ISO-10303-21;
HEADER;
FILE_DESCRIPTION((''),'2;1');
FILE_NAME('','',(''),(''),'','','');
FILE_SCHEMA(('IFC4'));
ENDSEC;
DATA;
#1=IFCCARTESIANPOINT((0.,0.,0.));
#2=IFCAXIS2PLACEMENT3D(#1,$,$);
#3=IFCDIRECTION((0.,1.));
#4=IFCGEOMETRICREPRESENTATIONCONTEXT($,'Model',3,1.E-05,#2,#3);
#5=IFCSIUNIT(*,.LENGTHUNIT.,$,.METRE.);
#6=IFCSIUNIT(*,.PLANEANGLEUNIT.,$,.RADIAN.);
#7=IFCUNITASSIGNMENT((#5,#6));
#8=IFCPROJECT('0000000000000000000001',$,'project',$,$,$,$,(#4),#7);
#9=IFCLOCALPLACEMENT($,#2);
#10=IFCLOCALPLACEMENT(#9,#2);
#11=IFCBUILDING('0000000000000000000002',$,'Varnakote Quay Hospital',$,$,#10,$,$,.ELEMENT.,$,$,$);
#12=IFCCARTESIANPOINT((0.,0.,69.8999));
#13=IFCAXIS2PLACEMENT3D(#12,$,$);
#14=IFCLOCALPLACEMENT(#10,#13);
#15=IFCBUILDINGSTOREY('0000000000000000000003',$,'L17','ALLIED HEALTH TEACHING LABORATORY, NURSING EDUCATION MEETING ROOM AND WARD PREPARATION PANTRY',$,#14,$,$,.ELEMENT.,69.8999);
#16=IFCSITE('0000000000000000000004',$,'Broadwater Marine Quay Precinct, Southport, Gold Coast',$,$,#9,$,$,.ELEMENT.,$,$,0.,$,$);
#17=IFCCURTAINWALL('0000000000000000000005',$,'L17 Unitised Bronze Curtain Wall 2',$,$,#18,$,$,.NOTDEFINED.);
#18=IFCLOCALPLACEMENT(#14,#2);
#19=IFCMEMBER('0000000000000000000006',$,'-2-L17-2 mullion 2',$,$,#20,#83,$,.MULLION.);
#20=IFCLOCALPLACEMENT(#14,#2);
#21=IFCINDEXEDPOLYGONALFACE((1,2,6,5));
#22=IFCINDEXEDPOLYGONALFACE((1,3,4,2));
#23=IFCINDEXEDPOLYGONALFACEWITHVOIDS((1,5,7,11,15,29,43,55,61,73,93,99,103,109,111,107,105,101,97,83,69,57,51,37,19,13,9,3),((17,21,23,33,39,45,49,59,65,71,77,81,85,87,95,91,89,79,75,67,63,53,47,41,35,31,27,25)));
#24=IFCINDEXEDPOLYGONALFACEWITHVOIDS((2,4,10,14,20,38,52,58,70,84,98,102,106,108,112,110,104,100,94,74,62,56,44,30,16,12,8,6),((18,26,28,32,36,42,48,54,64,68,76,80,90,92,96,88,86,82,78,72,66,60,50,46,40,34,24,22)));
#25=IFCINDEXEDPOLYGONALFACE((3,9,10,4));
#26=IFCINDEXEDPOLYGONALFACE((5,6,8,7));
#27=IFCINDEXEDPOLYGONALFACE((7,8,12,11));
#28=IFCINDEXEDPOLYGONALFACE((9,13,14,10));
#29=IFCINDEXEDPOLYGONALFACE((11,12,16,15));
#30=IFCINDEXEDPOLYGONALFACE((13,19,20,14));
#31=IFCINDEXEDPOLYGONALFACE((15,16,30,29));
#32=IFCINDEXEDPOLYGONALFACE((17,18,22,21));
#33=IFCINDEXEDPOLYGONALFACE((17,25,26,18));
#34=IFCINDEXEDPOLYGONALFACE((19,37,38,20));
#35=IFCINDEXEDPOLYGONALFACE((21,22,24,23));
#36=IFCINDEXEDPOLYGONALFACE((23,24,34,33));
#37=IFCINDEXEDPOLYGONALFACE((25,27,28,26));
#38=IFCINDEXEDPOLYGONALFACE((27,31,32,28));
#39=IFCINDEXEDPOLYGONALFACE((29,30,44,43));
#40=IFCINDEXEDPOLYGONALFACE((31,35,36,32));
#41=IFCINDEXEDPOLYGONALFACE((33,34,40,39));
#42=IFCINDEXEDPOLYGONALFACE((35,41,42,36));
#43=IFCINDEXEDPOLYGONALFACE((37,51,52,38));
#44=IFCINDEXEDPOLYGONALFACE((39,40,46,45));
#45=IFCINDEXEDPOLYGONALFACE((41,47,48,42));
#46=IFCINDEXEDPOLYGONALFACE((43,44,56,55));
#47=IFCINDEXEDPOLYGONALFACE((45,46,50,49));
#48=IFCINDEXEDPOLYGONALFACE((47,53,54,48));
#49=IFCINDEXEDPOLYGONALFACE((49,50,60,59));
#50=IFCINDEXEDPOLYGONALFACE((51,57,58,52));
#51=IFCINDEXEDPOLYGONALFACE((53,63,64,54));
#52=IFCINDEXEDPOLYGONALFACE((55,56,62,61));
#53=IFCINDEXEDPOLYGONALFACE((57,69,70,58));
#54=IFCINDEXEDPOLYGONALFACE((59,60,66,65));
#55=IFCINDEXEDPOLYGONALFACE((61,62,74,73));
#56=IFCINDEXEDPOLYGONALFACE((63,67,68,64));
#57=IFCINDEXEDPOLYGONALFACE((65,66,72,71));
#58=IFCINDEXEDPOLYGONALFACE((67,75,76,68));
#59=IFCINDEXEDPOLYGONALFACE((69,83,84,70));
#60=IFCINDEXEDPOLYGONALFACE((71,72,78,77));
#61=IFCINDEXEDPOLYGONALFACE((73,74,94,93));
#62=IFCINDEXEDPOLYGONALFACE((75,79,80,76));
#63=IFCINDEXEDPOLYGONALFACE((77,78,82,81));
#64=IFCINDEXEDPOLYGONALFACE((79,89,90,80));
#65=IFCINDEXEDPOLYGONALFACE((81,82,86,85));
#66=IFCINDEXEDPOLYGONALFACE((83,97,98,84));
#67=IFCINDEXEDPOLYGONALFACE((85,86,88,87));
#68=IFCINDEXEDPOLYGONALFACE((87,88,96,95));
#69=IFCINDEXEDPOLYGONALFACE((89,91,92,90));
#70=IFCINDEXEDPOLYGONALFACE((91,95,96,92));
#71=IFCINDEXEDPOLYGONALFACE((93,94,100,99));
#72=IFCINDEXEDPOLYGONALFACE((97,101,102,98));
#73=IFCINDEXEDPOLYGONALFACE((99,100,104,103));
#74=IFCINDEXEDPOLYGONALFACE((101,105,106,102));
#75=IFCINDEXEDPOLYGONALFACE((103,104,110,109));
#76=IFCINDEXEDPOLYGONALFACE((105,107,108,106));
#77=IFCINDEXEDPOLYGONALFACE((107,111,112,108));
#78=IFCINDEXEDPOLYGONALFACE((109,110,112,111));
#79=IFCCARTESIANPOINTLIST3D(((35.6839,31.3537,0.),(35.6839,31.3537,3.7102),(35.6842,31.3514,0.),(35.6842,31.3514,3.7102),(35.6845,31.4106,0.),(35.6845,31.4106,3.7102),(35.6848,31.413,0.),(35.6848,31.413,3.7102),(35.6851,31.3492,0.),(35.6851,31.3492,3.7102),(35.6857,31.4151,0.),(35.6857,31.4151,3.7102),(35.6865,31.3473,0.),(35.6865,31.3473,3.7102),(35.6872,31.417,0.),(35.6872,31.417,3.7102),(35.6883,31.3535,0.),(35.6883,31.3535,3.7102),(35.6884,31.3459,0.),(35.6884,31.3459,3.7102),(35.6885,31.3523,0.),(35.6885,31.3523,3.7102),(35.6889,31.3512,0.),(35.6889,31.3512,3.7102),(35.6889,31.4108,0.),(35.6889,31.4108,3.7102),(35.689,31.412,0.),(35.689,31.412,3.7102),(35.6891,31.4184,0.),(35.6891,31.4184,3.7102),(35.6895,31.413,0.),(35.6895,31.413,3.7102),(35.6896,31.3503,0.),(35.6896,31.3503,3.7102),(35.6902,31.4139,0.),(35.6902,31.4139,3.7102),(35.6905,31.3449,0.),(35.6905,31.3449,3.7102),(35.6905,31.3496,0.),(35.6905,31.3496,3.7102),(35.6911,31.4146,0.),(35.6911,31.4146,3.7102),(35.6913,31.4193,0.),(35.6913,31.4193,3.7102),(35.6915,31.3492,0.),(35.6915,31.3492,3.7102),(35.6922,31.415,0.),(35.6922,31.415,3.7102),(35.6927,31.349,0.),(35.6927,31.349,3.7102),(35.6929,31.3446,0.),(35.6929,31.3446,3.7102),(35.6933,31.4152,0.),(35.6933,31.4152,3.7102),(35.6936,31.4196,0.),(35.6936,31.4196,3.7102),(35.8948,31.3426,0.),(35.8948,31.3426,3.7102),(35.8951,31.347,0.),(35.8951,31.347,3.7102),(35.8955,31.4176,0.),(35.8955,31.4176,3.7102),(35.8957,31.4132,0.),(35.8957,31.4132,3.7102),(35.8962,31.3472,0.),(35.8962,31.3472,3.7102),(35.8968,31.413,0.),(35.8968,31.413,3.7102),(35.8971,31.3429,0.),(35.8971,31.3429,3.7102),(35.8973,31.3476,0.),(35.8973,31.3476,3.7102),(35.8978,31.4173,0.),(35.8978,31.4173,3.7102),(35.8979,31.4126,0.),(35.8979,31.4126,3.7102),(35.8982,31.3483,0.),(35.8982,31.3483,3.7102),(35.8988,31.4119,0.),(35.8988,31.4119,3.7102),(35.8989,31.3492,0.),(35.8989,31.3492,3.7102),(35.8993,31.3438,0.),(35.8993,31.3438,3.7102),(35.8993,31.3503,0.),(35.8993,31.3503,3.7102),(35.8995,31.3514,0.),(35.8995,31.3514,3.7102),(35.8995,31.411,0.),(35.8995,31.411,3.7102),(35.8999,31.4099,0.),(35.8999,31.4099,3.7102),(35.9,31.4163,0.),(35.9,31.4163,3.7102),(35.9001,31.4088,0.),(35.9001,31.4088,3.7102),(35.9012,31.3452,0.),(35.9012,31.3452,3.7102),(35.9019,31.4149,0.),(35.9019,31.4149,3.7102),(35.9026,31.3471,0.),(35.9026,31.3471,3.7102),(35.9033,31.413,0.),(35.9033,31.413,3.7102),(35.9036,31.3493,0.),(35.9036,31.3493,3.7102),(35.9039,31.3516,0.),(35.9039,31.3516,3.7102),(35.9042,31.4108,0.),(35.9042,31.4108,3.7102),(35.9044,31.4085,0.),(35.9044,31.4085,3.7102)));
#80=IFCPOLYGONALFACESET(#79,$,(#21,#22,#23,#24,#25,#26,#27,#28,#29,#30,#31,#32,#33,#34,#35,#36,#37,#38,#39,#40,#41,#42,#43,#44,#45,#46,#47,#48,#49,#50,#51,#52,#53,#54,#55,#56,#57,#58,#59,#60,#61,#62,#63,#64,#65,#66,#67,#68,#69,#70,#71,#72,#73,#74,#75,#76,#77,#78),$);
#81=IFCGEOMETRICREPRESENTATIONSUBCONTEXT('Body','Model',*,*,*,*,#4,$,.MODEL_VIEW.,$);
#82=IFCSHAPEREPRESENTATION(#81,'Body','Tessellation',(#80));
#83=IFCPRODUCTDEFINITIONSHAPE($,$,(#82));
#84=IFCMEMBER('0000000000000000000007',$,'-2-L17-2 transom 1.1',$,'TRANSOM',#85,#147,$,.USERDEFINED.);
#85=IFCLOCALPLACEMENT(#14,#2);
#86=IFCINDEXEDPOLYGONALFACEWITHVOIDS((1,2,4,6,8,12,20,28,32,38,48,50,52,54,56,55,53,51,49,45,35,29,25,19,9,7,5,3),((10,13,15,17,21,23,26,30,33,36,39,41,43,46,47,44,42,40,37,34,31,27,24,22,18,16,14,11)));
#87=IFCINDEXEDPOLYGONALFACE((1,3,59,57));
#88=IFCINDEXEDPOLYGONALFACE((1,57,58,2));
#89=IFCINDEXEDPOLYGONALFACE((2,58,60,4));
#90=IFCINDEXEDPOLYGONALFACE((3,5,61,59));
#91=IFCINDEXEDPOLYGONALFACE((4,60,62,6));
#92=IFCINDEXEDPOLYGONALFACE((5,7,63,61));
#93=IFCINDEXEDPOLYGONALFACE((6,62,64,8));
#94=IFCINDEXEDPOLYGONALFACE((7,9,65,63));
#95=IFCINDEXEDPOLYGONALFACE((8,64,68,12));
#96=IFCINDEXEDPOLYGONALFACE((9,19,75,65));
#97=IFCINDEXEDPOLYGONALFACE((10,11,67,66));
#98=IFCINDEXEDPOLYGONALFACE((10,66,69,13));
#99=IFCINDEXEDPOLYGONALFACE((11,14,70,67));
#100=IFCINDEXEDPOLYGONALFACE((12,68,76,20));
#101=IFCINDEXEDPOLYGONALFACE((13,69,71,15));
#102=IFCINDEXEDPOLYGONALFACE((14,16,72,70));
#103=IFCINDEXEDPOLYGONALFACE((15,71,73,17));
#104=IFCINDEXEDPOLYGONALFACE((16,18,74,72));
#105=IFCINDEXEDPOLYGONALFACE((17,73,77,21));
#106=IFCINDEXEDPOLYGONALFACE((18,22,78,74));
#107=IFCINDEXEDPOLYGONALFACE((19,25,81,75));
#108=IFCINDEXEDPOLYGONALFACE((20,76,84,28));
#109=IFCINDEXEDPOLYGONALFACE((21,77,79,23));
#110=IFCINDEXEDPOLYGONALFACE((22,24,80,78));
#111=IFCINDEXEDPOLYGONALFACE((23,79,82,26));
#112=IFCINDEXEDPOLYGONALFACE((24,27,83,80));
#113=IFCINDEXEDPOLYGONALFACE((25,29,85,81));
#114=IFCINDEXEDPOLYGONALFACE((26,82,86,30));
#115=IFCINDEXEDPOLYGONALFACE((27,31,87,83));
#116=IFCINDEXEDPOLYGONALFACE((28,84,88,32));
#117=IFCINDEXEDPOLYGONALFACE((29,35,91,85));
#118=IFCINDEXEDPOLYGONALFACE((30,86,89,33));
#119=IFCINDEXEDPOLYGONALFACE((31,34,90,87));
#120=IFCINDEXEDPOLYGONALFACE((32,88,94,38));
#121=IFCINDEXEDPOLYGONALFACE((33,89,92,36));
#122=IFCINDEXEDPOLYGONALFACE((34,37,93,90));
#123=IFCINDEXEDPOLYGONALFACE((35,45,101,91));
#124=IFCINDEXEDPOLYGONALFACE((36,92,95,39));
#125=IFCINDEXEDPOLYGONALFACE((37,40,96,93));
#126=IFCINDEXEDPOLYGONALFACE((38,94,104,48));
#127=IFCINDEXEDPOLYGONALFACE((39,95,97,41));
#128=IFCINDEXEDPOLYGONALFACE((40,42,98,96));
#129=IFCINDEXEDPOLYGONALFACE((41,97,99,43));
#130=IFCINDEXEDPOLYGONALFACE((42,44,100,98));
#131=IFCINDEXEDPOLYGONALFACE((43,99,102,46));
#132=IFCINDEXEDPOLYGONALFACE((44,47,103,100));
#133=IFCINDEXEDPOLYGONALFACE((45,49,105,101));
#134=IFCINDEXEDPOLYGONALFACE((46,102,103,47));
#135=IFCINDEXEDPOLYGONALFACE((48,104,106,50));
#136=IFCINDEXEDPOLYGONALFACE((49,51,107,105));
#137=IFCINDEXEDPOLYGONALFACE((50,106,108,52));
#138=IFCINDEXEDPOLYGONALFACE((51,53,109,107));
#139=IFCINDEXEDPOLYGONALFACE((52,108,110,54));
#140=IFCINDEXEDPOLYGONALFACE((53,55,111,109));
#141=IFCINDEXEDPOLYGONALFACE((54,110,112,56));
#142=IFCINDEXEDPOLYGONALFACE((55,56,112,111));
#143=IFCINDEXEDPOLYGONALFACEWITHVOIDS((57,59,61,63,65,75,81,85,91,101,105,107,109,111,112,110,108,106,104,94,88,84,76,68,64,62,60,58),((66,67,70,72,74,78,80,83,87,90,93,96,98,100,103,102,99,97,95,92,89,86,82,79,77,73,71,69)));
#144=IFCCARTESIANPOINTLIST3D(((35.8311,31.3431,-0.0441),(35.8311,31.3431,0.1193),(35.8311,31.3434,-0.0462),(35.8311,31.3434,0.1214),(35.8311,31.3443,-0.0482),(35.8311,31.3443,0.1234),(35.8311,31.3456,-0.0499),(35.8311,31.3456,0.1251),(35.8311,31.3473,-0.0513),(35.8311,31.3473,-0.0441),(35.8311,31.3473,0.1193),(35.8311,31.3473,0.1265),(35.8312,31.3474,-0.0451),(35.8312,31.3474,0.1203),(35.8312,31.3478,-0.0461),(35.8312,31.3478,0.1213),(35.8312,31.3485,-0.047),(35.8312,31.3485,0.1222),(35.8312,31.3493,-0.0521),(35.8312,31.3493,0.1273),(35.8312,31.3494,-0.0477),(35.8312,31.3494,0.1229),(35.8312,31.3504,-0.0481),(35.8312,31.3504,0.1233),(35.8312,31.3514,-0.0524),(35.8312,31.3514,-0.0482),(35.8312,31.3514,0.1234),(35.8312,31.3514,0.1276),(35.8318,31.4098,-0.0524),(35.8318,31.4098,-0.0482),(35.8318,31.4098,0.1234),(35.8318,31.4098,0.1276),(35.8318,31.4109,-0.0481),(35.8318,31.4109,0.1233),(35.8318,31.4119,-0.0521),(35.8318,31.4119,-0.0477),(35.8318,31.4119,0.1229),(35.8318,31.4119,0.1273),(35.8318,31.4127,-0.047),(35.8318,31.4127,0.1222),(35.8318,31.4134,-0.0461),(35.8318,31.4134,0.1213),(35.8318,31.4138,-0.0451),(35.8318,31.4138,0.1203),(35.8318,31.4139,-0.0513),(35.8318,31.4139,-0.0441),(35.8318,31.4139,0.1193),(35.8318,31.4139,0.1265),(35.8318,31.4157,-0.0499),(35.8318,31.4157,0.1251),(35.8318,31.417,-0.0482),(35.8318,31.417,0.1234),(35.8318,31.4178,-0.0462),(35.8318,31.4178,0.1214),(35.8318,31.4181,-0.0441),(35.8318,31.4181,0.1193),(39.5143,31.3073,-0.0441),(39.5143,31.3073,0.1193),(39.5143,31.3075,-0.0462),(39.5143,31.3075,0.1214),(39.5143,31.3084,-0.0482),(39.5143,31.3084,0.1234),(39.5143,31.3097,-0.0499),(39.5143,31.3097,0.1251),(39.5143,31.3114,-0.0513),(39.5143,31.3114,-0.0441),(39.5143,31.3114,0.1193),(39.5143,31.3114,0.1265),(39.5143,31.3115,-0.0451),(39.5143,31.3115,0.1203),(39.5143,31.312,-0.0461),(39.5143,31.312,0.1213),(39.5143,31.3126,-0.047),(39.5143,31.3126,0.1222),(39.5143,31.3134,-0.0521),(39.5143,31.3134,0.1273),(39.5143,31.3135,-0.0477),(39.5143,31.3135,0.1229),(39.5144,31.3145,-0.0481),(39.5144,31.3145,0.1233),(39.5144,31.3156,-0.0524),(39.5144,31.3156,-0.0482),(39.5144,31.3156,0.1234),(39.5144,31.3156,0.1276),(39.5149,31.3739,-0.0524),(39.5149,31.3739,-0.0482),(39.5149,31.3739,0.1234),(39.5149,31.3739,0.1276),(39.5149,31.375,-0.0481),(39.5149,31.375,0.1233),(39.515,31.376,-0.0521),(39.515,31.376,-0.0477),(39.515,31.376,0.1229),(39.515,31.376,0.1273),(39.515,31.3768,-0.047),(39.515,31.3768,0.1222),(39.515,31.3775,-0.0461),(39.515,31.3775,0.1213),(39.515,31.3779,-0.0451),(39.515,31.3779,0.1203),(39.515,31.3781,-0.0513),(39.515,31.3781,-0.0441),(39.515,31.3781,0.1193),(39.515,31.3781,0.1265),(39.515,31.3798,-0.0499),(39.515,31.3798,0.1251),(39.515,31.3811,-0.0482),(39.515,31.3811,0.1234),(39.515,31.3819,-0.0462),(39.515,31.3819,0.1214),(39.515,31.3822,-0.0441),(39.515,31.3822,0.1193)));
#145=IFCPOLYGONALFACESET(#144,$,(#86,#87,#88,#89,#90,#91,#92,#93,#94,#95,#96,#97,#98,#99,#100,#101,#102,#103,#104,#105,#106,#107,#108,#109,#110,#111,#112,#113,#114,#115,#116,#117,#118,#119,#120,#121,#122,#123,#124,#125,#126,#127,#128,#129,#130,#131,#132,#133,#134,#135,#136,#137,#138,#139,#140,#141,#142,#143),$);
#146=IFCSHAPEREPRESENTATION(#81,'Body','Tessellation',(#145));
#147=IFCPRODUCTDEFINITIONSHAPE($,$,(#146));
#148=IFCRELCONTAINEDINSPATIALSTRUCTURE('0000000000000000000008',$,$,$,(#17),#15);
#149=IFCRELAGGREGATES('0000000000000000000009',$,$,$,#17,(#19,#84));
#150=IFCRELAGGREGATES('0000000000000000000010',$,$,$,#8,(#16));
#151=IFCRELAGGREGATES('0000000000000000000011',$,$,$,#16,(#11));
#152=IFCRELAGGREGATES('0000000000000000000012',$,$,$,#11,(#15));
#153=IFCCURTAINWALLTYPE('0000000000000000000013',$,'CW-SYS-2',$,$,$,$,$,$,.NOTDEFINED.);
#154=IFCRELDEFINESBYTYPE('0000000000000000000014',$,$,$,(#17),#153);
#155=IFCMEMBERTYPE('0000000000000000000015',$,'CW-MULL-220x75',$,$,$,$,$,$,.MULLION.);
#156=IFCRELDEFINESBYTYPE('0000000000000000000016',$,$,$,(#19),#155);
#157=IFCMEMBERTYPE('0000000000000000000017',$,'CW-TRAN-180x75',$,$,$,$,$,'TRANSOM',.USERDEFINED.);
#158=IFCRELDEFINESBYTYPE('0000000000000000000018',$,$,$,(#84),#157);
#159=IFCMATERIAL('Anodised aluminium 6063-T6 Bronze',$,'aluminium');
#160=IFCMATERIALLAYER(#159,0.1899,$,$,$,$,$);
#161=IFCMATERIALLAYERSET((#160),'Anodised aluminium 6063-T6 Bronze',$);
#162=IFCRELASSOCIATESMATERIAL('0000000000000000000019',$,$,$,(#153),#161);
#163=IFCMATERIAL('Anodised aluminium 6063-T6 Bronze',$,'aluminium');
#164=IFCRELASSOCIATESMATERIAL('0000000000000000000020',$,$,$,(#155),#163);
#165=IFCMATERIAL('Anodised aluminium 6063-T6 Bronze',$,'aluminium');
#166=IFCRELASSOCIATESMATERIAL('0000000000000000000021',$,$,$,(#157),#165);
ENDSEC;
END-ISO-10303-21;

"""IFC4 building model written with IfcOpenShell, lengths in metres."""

from ifc_helpers import new_model, si_unit, direction, frame, origin, origin_2d, place, context, subcontext, project, spatial, hollow_rectangle, extrude, material, layer, layer_set, material_profile, profile_set, type_object, element, aggregate, save


model = new_model("IFC4")

# Units and contexts
model_context = context("Model", 3, precision=1e-05, world=origin(), true_north=direction((0.0, 1.0)))
body_context = subcontext(model_context, "Body", "Model", "MODEL_VIEW")
ifc_project = project(units=[si_unit("LENGTHUNIT", "METRE"), si_unit("PLANEANGLEUNIT", "RADIAN")], contexts=[model_context])

# Site, building, storey
site_placement = place(None, origin())
site = spatial("IfcSite", under=ifc_project, at=site_placement, Name="Broadwater Marine Quay Precinct, Southport, Gold Coast", CompositionType="ELEMENT", RefElevation=0.0)
building_placement = place(site_placement, origin())
building = spatial("IfcBuilding", under=site, at=building_placement, Name="Varnakote Quay Hospital", CompositionType="ELEMENT")
storey_placement = place(building_placement, frame((0.0, 0.0, 69.8999)))
storey = spatial("IfcBuildingStorey", under=building, at=storey_placement, Name="L17", Description="ALLIED HEALTH TEACHING LABORATORY, NURSING EDUCATION MEETING ROOM AND WARD PREPARATION PANTRY", CompositionType="ELEMENT", Elevation=69.8999)

# Shared definitions
ifc_material_1 = material(Name="Anodised aluminium 6063-T6 Bronze", Category="aluminium")
ifc_layer_1 = layer(ifc_material_1, 0.1899)
ifc_layer_set_1 = layer_set([ifc_layer_1], Name="Anodised aluminium 6063-T6 Bronze")
curtain_wall_type = type_object("IfcCurtainWallType", Name="CW-SYS-2", PredefinedType="NOTDEFINED", material=ifc_layer_set_1)
ifc_material_2 = material(Name="Anodised aluminium 6063-T6 Bronze", Category="aluminium")
ifc_material_profile_1 = material_profile(ifc_material_2, hollow_rectangle(XDim=0.075, YDim=0.22, WallThickness=0.0044, InnerFilletRadius=0.0044, OuterFilletRadius=0.009, at=origin_2d()), Name="CW-MULL-220x75")
ifc_profile_set_1 = profile_set([ifc_material_profile_1], Name="Anodised aluminium 6063-T6 Bronze")
member_type_1 = type_object("IfcMemberType", Name="CW-MULL-220x75", PredefinedType="MULLION", material=ifc_profile_set_1)

# Curtain wall, members
curtain_wall_1_placement = place(storey_placement, origin())
curtain_wall_1 = element("IfcCurtainWall", 1, at=curtain_wall_1_placement, inside=storey, type_object=curtain_wall_type, Name="L17 Unitised Bronze Curtain Wall 2", PredefinedType="NOTDEFINED")
member_1_placement = place(storey_placement, frame((35.7942, 31.3811, 0.0), z_axis=(0.0, 0.0, 1.0), x_axis=(-0.009774, -0.999952, 0.0)))
member_1 = element("IfcMember", 2, at=member_1_placement, type_object=member_type_1, Name="-2-L17-2 mullion 2", PredefinedType="MULLION", context=body_context, shape_type="SweptSolid", body=[
    extrude(hollow_rectangle(XDim=0.075, YDim=0.22, WallThickness=0.0044, InnerFilletRadius=0.0044, OuterFilletRadius=0.009, at=origin_2d()), origin(), (0.0, 0.0, 1.0), 3.7102),
])
ifc_material_3 = material(Name="Anodised aluminium 6063-T6 Bronze", Category="aluminium")
ifc_material_profile_2 = material_profile(ifc_material_3, hollow_rectangle(XDim=0.075, YDim=0.1799, WallThickness=0.0042, InnerFilletRadius=0.0042, OuterFilletRadius=0.0083, at=origin_2d()), Name="CW-TRAN-180x75")
ifc_profile_set_2 = profile_set([ifc_material_profile_2], Name="Anodised aluminium 6063-T6 Bronze")
member_type_2 = type_object("IfcMemberType", Name="CW-TRAN-180x75", ElementType="TRANSOM", PredefinedType="USERDEFINED", material=ifc_profile_set_2)
member_2_placement = place(storey_placement, frame((39.5146, 31.3447, 0.0376), z_axis=(-0.999953, 0.009744, 0.0), x_axis=(-0.009744, -0.999953, 0.0)))
member_2 = element("IfcMember", 3, at=member_2_placement, type_object=member_type_2, Name="-2-L17-2 transom 1.1", ObjectType="TRANSOM", PredefinedType="USERDEFINED", context=body_context, shape_type="SweptSolid", body=[
    extrude(hollow_rectangle(XDim=0.075, YDim=0.1799, WallThickness=0.0042, InnerFilletRadius=0.0042, OuterFilletRadius=0.0083, at=origin_2d()), origin(), (0.0, 0.0, 1.0), 3.6833),
])

aggregate(curtain_wall_1, [member_1, member_2])

save(model, "model.ifc")
